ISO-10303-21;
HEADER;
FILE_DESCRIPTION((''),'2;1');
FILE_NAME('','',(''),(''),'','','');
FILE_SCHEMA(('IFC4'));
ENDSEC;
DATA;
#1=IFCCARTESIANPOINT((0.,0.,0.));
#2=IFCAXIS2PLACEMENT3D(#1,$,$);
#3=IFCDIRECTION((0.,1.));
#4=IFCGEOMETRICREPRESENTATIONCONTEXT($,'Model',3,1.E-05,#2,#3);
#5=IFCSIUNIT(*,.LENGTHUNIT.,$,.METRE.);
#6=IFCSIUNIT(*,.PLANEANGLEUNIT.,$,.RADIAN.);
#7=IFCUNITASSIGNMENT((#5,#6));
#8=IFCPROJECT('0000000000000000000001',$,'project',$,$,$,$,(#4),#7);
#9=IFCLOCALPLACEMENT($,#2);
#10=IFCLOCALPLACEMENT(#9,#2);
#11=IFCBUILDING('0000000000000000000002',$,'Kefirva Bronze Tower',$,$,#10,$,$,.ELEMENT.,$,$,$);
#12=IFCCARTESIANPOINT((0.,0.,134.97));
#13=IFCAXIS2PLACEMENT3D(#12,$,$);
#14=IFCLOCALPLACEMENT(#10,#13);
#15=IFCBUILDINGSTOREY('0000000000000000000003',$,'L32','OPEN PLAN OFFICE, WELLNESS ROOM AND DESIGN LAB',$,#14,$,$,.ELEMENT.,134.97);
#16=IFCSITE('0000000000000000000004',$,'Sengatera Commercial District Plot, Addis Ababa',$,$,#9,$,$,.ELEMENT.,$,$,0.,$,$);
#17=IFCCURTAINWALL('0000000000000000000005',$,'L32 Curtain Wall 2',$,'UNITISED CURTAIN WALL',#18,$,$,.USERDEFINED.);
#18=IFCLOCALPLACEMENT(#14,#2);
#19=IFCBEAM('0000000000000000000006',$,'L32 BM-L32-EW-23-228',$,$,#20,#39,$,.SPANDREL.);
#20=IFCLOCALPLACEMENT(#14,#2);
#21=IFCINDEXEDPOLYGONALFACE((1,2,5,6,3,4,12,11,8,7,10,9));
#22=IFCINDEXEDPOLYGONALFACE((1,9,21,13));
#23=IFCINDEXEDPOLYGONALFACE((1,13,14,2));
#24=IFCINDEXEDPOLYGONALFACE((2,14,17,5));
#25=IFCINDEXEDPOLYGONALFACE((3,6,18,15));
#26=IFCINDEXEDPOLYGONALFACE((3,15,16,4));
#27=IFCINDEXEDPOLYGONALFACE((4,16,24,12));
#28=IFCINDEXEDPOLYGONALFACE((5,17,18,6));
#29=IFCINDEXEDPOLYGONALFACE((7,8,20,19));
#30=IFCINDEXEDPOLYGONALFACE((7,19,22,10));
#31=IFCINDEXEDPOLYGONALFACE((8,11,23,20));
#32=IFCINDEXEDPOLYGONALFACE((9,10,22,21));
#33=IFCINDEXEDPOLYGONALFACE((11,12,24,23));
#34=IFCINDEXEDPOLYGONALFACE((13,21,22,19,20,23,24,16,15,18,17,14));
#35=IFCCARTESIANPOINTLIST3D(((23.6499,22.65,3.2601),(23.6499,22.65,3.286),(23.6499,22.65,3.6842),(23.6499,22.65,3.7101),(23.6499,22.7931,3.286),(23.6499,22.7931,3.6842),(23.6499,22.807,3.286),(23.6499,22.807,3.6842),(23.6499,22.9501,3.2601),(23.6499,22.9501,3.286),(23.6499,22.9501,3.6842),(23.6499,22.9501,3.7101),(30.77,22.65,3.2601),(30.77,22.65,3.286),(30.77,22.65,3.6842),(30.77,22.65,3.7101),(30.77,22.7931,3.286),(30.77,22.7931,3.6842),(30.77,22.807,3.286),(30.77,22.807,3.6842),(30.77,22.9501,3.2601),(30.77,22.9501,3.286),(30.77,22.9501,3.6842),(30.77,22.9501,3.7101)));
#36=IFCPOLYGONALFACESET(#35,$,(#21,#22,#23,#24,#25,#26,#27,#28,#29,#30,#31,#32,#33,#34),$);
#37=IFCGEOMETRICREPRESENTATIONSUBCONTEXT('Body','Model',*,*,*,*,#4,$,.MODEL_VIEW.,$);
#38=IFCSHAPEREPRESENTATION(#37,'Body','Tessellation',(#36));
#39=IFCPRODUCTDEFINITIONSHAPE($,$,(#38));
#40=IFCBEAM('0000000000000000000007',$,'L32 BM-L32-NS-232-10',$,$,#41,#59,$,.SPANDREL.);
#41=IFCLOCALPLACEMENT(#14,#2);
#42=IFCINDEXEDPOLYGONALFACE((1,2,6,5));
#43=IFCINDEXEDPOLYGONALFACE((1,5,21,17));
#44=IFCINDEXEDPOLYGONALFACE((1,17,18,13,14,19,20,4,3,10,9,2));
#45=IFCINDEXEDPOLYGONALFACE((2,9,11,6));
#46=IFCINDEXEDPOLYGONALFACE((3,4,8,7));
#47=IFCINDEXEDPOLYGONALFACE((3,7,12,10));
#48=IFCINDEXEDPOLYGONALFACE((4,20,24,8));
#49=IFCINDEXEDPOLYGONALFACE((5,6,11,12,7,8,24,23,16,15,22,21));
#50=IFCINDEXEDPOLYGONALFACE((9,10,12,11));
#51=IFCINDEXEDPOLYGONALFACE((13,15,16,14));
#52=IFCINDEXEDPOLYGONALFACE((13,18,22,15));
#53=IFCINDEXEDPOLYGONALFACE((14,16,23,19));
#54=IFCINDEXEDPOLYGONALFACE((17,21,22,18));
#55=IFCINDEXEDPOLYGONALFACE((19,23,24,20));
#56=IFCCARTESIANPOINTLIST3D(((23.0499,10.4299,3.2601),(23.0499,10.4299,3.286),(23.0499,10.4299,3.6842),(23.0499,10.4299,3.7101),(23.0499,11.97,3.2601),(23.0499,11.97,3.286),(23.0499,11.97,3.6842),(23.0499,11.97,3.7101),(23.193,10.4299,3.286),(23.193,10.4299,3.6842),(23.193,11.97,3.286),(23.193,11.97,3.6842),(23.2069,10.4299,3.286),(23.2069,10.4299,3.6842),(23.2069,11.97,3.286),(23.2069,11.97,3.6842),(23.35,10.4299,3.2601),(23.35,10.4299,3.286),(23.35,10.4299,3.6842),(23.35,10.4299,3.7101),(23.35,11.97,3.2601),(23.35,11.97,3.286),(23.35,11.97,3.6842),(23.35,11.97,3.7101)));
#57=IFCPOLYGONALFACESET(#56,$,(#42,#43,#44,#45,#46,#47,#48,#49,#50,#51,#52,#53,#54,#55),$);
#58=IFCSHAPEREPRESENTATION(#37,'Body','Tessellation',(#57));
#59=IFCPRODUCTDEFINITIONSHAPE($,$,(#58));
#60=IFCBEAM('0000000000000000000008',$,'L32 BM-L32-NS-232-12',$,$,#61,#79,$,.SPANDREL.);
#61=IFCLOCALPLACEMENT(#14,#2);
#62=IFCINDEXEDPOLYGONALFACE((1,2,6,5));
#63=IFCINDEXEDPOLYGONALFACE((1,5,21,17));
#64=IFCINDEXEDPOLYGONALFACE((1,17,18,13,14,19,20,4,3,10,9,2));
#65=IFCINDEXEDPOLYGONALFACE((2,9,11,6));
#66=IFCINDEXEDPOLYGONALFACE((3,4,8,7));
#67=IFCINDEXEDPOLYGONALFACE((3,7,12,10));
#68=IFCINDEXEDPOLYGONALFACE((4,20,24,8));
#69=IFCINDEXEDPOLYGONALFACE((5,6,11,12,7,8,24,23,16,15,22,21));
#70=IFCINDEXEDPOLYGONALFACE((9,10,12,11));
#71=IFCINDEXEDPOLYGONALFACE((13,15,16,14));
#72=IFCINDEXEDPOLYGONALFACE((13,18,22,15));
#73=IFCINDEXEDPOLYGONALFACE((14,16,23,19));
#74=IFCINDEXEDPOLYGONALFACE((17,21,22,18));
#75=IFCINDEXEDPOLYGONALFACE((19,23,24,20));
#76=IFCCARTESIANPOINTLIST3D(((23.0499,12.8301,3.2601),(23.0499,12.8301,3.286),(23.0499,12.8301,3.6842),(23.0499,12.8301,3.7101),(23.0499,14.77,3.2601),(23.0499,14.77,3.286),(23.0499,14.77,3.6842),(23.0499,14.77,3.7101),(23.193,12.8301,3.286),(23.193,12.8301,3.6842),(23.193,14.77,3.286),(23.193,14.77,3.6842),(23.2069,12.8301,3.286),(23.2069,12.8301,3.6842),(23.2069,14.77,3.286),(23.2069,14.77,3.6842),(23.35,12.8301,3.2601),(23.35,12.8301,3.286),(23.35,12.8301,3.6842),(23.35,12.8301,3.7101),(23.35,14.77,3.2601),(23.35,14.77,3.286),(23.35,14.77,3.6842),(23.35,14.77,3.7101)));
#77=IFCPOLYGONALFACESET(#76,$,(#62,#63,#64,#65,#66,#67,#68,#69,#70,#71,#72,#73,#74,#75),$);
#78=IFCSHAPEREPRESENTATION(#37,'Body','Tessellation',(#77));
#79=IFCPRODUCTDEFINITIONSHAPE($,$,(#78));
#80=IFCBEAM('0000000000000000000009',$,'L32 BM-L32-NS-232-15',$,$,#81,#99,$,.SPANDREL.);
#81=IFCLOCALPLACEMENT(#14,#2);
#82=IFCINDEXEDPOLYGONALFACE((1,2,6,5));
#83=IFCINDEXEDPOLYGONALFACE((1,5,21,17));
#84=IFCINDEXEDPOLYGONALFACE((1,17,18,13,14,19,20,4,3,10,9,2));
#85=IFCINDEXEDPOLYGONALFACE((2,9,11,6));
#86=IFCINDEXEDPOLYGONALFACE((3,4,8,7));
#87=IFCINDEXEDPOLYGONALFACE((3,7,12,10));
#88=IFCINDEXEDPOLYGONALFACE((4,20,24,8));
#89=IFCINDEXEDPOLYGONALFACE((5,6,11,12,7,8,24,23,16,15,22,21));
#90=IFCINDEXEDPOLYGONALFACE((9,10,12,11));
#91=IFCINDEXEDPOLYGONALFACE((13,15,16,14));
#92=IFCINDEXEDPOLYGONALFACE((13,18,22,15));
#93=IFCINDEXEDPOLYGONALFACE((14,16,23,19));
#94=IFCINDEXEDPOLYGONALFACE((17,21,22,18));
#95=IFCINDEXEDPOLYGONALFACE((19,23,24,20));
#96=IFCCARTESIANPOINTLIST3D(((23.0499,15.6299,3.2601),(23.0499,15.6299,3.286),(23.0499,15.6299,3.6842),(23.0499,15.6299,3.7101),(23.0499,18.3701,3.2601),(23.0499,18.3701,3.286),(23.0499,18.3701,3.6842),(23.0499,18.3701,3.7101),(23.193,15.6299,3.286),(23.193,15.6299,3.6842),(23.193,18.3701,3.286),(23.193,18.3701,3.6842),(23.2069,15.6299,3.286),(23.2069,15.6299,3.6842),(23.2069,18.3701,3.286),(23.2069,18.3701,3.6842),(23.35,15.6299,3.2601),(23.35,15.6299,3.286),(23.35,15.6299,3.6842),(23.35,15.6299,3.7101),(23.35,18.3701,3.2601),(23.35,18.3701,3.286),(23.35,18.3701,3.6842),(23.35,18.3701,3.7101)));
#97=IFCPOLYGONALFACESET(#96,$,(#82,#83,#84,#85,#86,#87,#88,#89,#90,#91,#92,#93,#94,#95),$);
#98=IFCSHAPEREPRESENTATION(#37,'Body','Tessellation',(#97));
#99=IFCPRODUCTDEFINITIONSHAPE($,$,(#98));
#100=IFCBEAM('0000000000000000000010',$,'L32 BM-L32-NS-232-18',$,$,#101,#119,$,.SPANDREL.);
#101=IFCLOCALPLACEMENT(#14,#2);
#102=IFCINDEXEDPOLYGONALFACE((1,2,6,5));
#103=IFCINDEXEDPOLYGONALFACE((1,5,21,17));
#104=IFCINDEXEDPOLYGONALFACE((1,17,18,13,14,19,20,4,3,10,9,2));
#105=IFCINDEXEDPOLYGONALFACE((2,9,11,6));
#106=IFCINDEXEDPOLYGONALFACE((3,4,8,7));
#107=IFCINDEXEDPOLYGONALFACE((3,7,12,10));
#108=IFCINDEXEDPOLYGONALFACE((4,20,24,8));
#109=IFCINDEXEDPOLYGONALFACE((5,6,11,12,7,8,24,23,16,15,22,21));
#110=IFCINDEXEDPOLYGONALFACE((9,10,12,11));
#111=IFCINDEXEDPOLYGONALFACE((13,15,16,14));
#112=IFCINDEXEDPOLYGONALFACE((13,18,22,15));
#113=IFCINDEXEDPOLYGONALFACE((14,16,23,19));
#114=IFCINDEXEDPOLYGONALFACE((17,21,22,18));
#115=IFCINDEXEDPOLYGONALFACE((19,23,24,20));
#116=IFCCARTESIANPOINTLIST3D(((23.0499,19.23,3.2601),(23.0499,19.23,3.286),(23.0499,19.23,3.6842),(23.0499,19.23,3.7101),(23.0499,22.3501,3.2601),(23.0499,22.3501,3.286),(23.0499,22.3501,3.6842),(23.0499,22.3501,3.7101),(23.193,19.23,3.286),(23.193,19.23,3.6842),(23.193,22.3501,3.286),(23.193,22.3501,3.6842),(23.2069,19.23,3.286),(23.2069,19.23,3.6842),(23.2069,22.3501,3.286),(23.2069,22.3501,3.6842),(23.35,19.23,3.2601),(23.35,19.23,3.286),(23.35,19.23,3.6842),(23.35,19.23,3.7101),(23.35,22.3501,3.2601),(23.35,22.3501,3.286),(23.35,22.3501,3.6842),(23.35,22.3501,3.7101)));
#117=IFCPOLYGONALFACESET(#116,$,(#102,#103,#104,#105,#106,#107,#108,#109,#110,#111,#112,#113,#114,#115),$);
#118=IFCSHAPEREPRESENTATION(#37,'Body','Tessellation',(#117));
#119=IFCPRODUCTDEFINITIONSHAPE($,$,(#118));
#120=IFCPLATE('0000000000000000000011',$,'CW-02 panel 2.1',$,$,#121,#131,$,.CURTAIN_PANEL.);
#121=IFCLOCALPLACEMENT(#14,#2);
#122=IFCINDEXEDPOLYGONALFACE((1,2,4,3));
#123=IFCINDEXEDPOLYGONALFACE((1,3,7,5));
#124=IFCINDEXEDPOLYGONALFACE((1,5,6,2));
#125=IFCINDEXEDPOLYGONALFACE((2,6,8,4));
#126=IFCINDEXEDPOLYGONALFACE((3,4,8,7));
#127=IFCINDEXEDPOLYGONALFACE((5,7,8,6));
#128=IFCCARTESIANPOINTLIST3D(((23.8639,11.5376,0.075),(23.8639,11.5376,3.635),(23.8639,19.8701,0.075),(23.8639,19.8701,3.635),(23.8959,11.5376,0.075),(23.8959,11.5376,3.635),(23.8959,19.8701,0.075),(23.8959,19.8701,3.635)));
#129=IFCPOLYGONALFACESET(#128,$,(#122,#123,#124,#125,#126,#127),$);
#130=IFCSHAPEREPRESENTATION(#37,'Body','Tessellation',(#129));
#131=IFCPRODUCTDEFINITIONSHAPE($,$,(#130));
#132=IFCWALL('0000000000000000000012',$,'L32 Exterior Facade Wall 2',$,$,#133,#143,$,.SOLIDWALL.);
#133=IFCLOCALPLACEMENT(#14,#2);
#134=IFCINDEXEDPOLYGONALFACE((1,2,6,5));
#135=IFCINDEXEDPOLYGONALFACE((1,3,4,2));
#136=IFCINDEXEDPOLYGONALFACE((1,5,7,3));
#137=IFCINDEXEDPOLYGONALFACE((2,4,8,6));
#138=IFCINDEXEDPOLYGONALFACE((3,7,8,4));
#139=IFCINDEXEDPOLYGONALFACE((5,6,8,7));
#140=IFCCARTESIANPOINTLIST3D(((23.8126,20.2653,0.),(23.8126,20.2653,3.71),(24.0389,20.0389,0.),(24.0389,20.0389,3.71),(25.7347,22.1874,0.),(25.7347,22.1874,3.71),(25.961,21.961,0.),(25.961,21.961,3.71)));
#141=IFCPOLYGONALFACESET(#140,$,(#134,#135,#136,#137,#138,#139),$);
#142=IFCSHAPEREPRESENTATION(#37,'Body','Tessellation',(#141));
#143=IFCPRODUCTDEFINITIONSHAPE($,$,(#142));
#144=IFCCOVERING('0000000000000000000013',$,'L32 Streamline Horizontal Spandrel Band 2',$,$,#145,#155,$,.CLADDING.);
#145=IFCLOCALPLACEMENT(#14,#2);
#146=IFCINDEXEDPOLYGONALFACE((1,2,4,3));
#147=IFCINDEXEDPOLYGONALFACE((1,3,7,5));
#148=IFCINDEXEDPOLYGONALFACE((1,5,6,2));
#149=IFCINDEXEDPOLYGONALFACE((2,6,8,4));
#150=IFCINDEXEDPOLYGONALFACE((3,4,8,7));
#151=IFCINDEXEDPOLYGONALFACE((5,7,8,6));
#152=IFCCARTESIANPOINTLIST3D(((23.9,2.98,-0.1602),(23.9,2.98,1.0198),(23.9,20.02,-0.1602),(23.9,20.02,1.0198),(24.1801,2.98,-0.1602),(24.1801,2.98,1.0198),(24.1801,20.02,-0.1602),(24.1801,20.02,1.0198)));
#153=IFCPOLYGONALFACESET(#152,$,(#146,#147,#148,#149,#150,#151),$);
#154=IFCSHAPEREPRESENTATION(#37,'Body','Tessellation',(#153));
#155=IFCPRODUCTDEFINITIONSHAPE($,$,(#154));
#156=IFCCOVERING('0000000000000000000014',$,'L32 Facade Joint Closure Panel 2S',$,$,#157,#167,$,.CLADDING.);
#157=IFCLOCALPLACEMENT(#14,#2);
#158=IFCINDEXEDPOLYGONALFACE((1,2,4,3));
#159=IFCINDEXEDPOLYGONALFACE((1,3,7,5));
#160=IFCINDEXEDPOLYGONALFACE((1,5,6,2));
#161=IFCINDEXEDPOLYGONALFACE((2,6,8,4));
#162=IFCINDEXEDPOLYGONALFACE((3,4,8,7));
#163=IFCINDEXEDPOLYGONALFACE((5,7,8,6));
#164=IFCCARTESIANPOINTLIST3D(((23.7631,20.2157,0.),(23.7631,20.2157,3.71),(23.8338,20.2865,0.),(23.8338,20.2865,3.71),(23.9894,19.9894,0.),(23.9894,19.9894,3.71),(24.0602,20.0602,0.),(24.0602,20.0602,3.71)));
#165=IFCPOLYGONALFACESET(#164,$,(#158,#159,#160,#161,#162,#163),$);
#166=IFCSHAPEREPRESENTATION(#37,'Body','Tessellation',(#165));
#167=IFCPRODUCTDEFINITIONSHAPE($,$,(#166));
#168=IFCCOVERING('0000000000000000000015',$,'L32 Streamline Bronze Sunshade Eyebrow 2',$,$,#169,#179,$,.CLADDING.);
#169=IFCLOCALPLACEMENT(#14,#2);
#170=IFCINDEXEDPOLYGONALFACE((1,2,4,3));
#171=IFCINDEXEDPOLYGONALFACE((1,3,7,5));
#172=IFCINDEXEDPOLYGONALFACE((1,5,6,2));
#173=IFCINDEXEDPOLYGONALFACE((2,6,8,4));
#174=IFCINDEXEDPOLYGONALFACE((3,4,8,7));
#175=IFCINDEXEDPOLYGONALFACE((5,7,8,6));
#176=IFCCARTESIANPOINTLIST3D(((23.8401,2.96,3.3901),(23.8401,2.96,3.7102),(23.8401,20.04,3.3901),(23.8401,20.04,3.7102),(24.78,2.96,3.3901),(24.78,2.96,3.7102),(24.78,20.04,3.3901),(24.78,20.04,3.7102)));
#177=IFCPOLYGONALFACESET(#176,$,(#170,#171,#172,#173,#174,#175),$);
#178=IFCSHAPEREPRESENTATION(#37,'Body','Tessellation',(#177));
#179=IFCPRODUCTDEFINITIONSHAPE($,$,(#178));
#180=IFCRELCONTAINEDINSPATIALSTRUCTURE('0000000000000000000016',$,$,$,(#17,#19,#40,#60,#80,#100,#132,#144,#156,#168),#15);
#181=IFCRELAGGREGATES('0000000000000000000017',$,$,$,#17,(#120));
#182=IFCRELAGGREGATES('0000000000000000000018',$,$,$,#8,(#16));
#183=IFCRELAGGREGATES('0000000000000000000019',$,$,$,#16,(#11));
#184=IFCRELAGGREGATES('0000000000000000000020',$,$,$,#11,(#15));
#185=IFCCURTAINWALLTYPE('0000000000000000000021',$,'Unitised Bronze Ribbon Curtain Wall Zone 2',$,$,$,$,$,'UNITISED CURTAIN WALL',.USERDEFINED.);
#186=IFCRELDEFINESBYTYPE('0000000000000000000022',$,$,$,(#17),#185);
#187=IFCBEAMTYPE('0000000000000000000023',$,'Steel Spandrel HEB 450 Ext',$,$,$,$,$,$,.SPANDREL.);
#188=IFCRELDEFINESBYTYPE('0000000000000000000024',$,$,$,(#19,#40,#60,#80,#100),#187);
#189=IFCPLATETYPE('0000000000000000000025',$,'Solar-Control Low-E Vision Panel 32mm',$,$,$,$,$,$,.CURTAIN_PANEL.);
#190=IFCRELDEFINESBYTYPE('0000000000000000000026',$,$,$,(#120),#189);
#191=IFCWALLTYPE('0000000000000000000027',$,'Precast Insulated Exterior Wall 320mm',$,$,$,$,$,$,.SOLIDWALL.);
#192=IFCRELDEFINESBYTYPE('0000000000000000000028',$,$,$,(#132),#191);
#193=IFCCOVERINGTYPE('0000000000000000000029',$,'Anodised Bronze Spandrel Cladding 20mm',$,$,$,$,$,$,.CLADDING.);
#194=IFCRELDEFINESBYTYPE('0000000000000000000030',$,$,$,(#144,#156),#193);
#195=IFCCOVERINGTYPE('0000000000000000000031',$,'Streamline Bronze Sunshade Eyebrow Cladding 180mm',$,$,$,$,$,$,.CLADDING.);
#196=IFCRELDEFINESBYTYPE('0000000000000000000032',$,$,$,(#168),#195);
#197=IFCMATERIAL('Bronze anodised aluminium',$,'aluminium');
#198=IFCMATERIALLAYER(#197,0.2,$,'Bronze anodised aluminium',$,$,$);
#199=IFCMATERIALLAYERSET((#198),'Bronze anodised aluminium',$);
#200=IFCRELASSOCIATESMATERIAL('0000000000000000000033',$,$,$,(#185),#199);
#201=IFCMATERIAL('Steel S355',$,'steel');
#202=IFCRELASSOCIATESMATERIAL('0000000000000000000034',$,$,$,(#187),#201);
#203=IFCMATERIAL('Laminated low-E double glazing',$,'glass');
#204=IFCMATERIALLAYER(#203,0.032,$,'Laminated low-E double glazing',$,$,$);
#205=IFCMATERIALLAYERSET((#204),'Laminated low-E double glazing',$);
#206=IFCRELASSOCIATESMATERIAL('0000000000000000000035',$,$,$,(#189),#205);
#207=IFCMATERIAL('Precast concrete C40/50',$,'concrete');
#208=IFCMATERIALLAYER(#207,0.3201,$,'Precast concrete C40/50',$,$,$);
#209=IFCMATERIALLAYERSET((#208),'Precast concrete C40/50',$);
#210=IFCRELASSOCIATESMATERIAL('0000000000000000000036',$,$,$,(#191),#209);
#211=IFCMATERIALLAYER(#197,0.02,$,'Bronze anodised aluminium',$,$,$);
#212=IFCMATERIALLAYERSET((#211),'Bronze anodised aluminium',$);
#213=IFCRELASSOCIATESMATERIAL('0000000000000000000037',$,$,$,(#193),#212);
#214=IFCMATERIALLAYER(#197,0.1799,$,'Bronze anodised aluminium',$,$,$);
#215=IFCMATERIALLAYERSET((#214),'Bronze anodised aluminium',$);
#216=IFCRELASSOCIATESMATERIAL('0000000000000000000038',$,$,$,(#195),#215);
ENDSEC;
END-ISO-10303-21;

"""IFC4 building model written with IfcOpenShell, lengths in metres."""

from ifc_helpers import new_model, si_unit, direction, frame, frame_2d, origin, origin_2d, place, context, subcontext, project, spatial, rectangle, i_section, extrude, material, layer, layer_set, material_profile, profile_set, type_object, element, aggregate, save


model = new_model("IFC4")

# Units and contexts
model_context = context("Model", 3, precision=1e-05, world=origin(), true_north=direction((0.0, 1.0)))
body_context = subcontext(model_context, "Body", "Model", "MODEL_VIEW")
ifc_project = project(units=[si_unit("LENGTHUNIT", "METRE"), si_unit("PLANEANGLEUNIT", "RADIAN")], contexts=[model_context])

# Site, building, storey
site_placement = place(None, origin())
site = spatial("IfcSite", under=ifc_project, at=site_placement, Name="Sengatera Commercial District Plot, Addis Ababa", CompositionType="ELEMENT", RefElevation=0.0)
building_placement = place(site_placement, origin())
building = spatial("IfcBuilding", under=site, at=building_placement, Name="Kefirva Bronze Tower", CompositionType="ELEMENT")
storey_placement = place(building_placement, frame((0.0, 0.0, 134.97)))
storey = spatial("IfcBuildingStorey", under=building, at=storey_placement, Name="L32", Description="OPEN PLAN OFFICE, WELLNESS ROOM AND DESIGN LAB", CompositionType="ELEMENT", Elevation=134.97)

# Curtain wall
ifc_material_1 = material(Name="Bronze anodised aluminium", Category="aluminium")
ifc_layer_1 = layer(ifc_material_1, 0.2, Name="Bronze anodised aluminium")
ifc_layer_set_1 = layer_set([ifc_layer_1], Name="Bronze anodised aluminium")
curtain_wall_type = type_object("IfcCurtainWallType", Name="Unitised Bronze Ribbon Curtain Wall Zone 2", ElementType="UNITISED CURTAIN WALL", PredefinedType="USERDEFINED", material=ifc_layer_set_1)
curtain_wall_placement = place(storey_placement, origin())
curtain_wall = element("IfcCurtainWall", 1, at=curtain_wall_placement, inside=storey, type_object=curtain_wall_type, Name="L32 Curtain Wall 2", ObjectType="UNITISED CURTAIN WALL", PredefinedType="USERDEFINED")

# Beams
ifc_material_2 = material(Name="Steel S355", Category="steel")
ifc_material_profile_1 = material_profile(ifc_material_2, i_section(OverallWidth=0.3, OverallDepth=0.45, WebThickness=0.0139, FlangeThickness=0.0259, at=origin_2d()), Name="HEB 450")
ifc_profile_set_1 = profile_set([ifc_material_profile_1], Name="Steel S355")
beam_type_1 = type_object("IfcBeamType", Name="Steel Spandrel HEB 450 Ext", PredefinedType="SPANDREL", material=ifc_profile_set_1)
beam_1_placement = place(storey_placement, frame((23.6499, 22.8, 3.4851), z_axis=(1.0, 0.0, 0.0), x_axis=(0.0, 1.0, 0.0)))
element("IfcBeam", 2, at=beam_1_placement, inside=storey, type_object=beam_type_1, Name="L32 BM-L32-EW-23-228", PredefinedType="SPANDREL", context=body_context, shape_type="SweptSolid", body=[
    extrude(i_section(OverallWidth=0.3, OverallDepth=0.45, WebThickness=0.0139, FlangeThickness=0.0259, at=origin_2d()), origin(), (0.0, 0.0, 1.0), 7.1201),
])
beam_2_placement = place(storey_placement, frame((23.2, 10.4299, 3.4851), z_axis=(0.0, 1.0, 0.0), x_axis=(-1.0, 0.0, 0.0)))
element("IfcBeam", 3, at=beam_2_placement, inside=storey, type_object=beam_type_1, Name="L32 BM-L32-NS-232-10", PredefinedType="SPANDREL", context=body_context, shape_type="SweptSolid", body=[
    extrude(i_section(OverallWidth=0.3, OverallDepth=0.45, WebThickness=0.0139, FlangeThickness=0.0259, at=origin_2d()), origin(), (0.0, 0.0, 1.0), 1.54),
])
beam_3_placement = place(storey_placement, frame((23.2, 12.8301, 3.4851), z_axis=(0.0, 1.0, 0.0), x_axis=(-1.0, 0.0, 0.0)))
element("IfcBeam", 4, at=beam_3_placement, inside=storey, type_object=beam_type_1, Name="L32 BM-L32-NS-232-12", PredefinedType="SPANDREL", context=body_context, shape_type="SweptSolid", body=[
    extrude(i_section(OverallWidth=0.3, OverallDepth=0.45, WebThickness=0.0139, FlangeThickness=0.0259, at=origin_2d()), origin(), (0.0, 0.0, 1.0), 1.9399),
])
beam_4_placement = place(storey_placement, frame((23.2, 15.6299, 3.4851), z_axis=(0.0, 1.0, 0.0), x_axis=(-1.0, 0.0, 0.0)))
element("IfcBeam", 5, at=beam_4_placement, inside=storey, type_object=beam_type_1, Name="L32 BM-L32-NS-232-15", PredefinedType="SPANDREL", context=body_context, shape_type="SweptSolid", body=[
    extrude(i_section(OverallWidth=0.3, OverallDepth=0.45, WebThickness=0.0139, FlangeThickness=0.0259, at=origin_2d()), origin(), (0.0, 0.0, 1.0), 2.7402),
])
beam_5_placement = place(storey_placement, frame((23.2, 19.23, 3.4851), z_axis=(0.0, 1.0, 0.0), x_axis=(-1.0, 0.0, 0.0)))
element("IfcBeam", 6, at=beam_5_placement, inside=storey, type_object=beam_type_1, Name="L32 BM-L32-NS-232-18", PredefinedType="SPANDREL", context=body_context, shape_type="SweptSolid", body=[
    extrude(i_section(OverallWidth=0.3, OverallDepth=0.45, WebThickness=0.0139, FlangeThickness=0.0259, at=origin_2d()), origin(), (0.0, 0.0, 1.0), 3.1201),
])

# Plate
ifc_material_3 = material(Name="Laminated low-E double glazing", Category="glass")
ifc_layer_2 = layer(ifc_material_3, 0.032, Name="Laminated low-E double glazing")
ifc_layer_set_2 = layer_set([ifc_layer_2], Name="Laminated low-E double glazing")
plate_type = type_object("IfcPlateType", Name="Solar-Control Low-E Vision Panel 32mm", PredefinedType="CURTAIN_PANEL", material=ifc_layer_set_2)
plate_placement = place(storey_placement, frame((23.8799, 15.7039, 0.075), z_axis=(0.0, 0.0, 1.0), x_axis=(0.0, 1.0, 0.0)))
plate = element("IfcPlate", 7, at=plate_placement, type_object=plate_type, Name="CW-02 panel 2.1", PredefinedType="CURTAIN_PANEL", context=body_context, shape_type="SweptSolid", body=[
    extrude(rectangle(XDim=8.3325, YDim=0.032, at=origin_2d()), origin(), (0.0, 0.0, 1.0), 3.5601),
])
aggregate(curtain_wall, [plate])

# Wall
ifc_material_4 = material(Name="Precast concrete C40/50", Category="concrete")
ifc_layer_3 = layer(ifc_material_4, 0.3201, Name="Precast concrete C40/50")
ifc_layer_set_3 = layer_set([ifc_layer_3], Name="Precast concrete C40/50")
wall_type = type_object("IfcWallType", Name="Precast Insulated Exterior Wall 320mm", PredefinedType="SOLIDWALL", material=ifc_layer_set_3)
wall_placement = place(storey_placement, frame((23.9258, 20.1521, 0.0), z_axis=(0.0, 0.0, 1.0), x_axis=(0.707107, 0.707107, 0.0)))
element("IfcWall", 8, at=wall_placement, inside=storey, type_object=wall_type, Name="L32 Exterior Facade Wall 2", PredefinedType="SOLIDWALL", context=body_context, shape_type="SweptSolid", body=[
    extrude(rectangle(XDim=2.7183, YDim=0.3201, at=frame_2d((1.3591, 0.0))), origin(), (0.0, 0.0, 1.0), 3.71),
])

# Coverings
ifc_layer_4 = layer(ifc_material_1, 0.02, Name="Bronze anodised aluminium")
ifc_layer_set_4 = layer_set([ifc_layer_4], Name="Bronze anodised aluminium")
covering_type_1 = type_object("IfcCoveringType", Name="Anodised Bronze Spandrel Cladding 20mm", PredefinedType="CLADDING", material=ifc_layer_set_4)
covering_1_placement = place(storey_placement, frame((24.04, 11.5, -0.1602), z_axis=(0.0, 0.0, 1.0), x_axis=(0.0, 1.0, 0.0)))
element("IfcCovering", 9, at=covering_1_placement, inside=storey, type_object=covering_type_1, Name="L32 Streamline Horizontal Spandrel Band 2", PredefinedType="CLADDING", context=body_context, shape_type="SweptSolid", body=[
    extrude(rectangle(XDim=17.04, YDim=0.28, at=origin_2d()), origin(), (0.0, 0.0, 1.0), 1.1799),
])
covering_2_placement = place(storey_placement, frame((23.9116, 20.1379, 0.0), z_axis=(0.0, 0.0, 1.0), x_axis=(0.707107, 0.707107, 0.0)))
element("IfcCovering", 10, at=covering_2_placement, inside=storey, type_object=covering_type_1, Name="L32 Facade Joint Closure Panel 2S", PredefinedType="CLADDING", context=body_context, shape_type="SweptSolid", body=[
    extrude(rectangle(XDim=0.1001, YDim=0.3201, at=origin_2d()), origin(), (0.0, 0.0, 1.0), 3.71),
])
ifc_layer_5 = layer(ifc_material_1, 0.1799, Name="Bronze anodised aluminium")
ifc_layer_set_5 = layer_set([ifc_layer_5], Name="Bronze anodised aluminium")
covering_type_2 = type_object("IfcCoveringType", Name="Streamline Bronze Sunshade Eyebrow Cladding 180mm", PredefinedType="CLADDING", material=ifc_layer_set_5)
covering_3_placement = place(storey_placement, frame((24.3101, 11.5, 3.3901), z_axis=(0.0, 0.0, 1.0), x_axis=(0.0, 1.0, 0.0)))
element("IfcCovering", 11, at=covering_3_placement, inside=storey, type_object=covering_type_2, Name="L32 Streamline Bronze Sunshade Eyebrow 2", PredefinedType="CLADDING", context=body_context, shape_type="SweptSolid", body=[
    extrude(rectangle(XDim=17.0801, YDim=0.9399, at=origin_2d()), origin(), (0.0, 0.0, 1.0), 0.3201),
])

save(model, "model.ifc")
